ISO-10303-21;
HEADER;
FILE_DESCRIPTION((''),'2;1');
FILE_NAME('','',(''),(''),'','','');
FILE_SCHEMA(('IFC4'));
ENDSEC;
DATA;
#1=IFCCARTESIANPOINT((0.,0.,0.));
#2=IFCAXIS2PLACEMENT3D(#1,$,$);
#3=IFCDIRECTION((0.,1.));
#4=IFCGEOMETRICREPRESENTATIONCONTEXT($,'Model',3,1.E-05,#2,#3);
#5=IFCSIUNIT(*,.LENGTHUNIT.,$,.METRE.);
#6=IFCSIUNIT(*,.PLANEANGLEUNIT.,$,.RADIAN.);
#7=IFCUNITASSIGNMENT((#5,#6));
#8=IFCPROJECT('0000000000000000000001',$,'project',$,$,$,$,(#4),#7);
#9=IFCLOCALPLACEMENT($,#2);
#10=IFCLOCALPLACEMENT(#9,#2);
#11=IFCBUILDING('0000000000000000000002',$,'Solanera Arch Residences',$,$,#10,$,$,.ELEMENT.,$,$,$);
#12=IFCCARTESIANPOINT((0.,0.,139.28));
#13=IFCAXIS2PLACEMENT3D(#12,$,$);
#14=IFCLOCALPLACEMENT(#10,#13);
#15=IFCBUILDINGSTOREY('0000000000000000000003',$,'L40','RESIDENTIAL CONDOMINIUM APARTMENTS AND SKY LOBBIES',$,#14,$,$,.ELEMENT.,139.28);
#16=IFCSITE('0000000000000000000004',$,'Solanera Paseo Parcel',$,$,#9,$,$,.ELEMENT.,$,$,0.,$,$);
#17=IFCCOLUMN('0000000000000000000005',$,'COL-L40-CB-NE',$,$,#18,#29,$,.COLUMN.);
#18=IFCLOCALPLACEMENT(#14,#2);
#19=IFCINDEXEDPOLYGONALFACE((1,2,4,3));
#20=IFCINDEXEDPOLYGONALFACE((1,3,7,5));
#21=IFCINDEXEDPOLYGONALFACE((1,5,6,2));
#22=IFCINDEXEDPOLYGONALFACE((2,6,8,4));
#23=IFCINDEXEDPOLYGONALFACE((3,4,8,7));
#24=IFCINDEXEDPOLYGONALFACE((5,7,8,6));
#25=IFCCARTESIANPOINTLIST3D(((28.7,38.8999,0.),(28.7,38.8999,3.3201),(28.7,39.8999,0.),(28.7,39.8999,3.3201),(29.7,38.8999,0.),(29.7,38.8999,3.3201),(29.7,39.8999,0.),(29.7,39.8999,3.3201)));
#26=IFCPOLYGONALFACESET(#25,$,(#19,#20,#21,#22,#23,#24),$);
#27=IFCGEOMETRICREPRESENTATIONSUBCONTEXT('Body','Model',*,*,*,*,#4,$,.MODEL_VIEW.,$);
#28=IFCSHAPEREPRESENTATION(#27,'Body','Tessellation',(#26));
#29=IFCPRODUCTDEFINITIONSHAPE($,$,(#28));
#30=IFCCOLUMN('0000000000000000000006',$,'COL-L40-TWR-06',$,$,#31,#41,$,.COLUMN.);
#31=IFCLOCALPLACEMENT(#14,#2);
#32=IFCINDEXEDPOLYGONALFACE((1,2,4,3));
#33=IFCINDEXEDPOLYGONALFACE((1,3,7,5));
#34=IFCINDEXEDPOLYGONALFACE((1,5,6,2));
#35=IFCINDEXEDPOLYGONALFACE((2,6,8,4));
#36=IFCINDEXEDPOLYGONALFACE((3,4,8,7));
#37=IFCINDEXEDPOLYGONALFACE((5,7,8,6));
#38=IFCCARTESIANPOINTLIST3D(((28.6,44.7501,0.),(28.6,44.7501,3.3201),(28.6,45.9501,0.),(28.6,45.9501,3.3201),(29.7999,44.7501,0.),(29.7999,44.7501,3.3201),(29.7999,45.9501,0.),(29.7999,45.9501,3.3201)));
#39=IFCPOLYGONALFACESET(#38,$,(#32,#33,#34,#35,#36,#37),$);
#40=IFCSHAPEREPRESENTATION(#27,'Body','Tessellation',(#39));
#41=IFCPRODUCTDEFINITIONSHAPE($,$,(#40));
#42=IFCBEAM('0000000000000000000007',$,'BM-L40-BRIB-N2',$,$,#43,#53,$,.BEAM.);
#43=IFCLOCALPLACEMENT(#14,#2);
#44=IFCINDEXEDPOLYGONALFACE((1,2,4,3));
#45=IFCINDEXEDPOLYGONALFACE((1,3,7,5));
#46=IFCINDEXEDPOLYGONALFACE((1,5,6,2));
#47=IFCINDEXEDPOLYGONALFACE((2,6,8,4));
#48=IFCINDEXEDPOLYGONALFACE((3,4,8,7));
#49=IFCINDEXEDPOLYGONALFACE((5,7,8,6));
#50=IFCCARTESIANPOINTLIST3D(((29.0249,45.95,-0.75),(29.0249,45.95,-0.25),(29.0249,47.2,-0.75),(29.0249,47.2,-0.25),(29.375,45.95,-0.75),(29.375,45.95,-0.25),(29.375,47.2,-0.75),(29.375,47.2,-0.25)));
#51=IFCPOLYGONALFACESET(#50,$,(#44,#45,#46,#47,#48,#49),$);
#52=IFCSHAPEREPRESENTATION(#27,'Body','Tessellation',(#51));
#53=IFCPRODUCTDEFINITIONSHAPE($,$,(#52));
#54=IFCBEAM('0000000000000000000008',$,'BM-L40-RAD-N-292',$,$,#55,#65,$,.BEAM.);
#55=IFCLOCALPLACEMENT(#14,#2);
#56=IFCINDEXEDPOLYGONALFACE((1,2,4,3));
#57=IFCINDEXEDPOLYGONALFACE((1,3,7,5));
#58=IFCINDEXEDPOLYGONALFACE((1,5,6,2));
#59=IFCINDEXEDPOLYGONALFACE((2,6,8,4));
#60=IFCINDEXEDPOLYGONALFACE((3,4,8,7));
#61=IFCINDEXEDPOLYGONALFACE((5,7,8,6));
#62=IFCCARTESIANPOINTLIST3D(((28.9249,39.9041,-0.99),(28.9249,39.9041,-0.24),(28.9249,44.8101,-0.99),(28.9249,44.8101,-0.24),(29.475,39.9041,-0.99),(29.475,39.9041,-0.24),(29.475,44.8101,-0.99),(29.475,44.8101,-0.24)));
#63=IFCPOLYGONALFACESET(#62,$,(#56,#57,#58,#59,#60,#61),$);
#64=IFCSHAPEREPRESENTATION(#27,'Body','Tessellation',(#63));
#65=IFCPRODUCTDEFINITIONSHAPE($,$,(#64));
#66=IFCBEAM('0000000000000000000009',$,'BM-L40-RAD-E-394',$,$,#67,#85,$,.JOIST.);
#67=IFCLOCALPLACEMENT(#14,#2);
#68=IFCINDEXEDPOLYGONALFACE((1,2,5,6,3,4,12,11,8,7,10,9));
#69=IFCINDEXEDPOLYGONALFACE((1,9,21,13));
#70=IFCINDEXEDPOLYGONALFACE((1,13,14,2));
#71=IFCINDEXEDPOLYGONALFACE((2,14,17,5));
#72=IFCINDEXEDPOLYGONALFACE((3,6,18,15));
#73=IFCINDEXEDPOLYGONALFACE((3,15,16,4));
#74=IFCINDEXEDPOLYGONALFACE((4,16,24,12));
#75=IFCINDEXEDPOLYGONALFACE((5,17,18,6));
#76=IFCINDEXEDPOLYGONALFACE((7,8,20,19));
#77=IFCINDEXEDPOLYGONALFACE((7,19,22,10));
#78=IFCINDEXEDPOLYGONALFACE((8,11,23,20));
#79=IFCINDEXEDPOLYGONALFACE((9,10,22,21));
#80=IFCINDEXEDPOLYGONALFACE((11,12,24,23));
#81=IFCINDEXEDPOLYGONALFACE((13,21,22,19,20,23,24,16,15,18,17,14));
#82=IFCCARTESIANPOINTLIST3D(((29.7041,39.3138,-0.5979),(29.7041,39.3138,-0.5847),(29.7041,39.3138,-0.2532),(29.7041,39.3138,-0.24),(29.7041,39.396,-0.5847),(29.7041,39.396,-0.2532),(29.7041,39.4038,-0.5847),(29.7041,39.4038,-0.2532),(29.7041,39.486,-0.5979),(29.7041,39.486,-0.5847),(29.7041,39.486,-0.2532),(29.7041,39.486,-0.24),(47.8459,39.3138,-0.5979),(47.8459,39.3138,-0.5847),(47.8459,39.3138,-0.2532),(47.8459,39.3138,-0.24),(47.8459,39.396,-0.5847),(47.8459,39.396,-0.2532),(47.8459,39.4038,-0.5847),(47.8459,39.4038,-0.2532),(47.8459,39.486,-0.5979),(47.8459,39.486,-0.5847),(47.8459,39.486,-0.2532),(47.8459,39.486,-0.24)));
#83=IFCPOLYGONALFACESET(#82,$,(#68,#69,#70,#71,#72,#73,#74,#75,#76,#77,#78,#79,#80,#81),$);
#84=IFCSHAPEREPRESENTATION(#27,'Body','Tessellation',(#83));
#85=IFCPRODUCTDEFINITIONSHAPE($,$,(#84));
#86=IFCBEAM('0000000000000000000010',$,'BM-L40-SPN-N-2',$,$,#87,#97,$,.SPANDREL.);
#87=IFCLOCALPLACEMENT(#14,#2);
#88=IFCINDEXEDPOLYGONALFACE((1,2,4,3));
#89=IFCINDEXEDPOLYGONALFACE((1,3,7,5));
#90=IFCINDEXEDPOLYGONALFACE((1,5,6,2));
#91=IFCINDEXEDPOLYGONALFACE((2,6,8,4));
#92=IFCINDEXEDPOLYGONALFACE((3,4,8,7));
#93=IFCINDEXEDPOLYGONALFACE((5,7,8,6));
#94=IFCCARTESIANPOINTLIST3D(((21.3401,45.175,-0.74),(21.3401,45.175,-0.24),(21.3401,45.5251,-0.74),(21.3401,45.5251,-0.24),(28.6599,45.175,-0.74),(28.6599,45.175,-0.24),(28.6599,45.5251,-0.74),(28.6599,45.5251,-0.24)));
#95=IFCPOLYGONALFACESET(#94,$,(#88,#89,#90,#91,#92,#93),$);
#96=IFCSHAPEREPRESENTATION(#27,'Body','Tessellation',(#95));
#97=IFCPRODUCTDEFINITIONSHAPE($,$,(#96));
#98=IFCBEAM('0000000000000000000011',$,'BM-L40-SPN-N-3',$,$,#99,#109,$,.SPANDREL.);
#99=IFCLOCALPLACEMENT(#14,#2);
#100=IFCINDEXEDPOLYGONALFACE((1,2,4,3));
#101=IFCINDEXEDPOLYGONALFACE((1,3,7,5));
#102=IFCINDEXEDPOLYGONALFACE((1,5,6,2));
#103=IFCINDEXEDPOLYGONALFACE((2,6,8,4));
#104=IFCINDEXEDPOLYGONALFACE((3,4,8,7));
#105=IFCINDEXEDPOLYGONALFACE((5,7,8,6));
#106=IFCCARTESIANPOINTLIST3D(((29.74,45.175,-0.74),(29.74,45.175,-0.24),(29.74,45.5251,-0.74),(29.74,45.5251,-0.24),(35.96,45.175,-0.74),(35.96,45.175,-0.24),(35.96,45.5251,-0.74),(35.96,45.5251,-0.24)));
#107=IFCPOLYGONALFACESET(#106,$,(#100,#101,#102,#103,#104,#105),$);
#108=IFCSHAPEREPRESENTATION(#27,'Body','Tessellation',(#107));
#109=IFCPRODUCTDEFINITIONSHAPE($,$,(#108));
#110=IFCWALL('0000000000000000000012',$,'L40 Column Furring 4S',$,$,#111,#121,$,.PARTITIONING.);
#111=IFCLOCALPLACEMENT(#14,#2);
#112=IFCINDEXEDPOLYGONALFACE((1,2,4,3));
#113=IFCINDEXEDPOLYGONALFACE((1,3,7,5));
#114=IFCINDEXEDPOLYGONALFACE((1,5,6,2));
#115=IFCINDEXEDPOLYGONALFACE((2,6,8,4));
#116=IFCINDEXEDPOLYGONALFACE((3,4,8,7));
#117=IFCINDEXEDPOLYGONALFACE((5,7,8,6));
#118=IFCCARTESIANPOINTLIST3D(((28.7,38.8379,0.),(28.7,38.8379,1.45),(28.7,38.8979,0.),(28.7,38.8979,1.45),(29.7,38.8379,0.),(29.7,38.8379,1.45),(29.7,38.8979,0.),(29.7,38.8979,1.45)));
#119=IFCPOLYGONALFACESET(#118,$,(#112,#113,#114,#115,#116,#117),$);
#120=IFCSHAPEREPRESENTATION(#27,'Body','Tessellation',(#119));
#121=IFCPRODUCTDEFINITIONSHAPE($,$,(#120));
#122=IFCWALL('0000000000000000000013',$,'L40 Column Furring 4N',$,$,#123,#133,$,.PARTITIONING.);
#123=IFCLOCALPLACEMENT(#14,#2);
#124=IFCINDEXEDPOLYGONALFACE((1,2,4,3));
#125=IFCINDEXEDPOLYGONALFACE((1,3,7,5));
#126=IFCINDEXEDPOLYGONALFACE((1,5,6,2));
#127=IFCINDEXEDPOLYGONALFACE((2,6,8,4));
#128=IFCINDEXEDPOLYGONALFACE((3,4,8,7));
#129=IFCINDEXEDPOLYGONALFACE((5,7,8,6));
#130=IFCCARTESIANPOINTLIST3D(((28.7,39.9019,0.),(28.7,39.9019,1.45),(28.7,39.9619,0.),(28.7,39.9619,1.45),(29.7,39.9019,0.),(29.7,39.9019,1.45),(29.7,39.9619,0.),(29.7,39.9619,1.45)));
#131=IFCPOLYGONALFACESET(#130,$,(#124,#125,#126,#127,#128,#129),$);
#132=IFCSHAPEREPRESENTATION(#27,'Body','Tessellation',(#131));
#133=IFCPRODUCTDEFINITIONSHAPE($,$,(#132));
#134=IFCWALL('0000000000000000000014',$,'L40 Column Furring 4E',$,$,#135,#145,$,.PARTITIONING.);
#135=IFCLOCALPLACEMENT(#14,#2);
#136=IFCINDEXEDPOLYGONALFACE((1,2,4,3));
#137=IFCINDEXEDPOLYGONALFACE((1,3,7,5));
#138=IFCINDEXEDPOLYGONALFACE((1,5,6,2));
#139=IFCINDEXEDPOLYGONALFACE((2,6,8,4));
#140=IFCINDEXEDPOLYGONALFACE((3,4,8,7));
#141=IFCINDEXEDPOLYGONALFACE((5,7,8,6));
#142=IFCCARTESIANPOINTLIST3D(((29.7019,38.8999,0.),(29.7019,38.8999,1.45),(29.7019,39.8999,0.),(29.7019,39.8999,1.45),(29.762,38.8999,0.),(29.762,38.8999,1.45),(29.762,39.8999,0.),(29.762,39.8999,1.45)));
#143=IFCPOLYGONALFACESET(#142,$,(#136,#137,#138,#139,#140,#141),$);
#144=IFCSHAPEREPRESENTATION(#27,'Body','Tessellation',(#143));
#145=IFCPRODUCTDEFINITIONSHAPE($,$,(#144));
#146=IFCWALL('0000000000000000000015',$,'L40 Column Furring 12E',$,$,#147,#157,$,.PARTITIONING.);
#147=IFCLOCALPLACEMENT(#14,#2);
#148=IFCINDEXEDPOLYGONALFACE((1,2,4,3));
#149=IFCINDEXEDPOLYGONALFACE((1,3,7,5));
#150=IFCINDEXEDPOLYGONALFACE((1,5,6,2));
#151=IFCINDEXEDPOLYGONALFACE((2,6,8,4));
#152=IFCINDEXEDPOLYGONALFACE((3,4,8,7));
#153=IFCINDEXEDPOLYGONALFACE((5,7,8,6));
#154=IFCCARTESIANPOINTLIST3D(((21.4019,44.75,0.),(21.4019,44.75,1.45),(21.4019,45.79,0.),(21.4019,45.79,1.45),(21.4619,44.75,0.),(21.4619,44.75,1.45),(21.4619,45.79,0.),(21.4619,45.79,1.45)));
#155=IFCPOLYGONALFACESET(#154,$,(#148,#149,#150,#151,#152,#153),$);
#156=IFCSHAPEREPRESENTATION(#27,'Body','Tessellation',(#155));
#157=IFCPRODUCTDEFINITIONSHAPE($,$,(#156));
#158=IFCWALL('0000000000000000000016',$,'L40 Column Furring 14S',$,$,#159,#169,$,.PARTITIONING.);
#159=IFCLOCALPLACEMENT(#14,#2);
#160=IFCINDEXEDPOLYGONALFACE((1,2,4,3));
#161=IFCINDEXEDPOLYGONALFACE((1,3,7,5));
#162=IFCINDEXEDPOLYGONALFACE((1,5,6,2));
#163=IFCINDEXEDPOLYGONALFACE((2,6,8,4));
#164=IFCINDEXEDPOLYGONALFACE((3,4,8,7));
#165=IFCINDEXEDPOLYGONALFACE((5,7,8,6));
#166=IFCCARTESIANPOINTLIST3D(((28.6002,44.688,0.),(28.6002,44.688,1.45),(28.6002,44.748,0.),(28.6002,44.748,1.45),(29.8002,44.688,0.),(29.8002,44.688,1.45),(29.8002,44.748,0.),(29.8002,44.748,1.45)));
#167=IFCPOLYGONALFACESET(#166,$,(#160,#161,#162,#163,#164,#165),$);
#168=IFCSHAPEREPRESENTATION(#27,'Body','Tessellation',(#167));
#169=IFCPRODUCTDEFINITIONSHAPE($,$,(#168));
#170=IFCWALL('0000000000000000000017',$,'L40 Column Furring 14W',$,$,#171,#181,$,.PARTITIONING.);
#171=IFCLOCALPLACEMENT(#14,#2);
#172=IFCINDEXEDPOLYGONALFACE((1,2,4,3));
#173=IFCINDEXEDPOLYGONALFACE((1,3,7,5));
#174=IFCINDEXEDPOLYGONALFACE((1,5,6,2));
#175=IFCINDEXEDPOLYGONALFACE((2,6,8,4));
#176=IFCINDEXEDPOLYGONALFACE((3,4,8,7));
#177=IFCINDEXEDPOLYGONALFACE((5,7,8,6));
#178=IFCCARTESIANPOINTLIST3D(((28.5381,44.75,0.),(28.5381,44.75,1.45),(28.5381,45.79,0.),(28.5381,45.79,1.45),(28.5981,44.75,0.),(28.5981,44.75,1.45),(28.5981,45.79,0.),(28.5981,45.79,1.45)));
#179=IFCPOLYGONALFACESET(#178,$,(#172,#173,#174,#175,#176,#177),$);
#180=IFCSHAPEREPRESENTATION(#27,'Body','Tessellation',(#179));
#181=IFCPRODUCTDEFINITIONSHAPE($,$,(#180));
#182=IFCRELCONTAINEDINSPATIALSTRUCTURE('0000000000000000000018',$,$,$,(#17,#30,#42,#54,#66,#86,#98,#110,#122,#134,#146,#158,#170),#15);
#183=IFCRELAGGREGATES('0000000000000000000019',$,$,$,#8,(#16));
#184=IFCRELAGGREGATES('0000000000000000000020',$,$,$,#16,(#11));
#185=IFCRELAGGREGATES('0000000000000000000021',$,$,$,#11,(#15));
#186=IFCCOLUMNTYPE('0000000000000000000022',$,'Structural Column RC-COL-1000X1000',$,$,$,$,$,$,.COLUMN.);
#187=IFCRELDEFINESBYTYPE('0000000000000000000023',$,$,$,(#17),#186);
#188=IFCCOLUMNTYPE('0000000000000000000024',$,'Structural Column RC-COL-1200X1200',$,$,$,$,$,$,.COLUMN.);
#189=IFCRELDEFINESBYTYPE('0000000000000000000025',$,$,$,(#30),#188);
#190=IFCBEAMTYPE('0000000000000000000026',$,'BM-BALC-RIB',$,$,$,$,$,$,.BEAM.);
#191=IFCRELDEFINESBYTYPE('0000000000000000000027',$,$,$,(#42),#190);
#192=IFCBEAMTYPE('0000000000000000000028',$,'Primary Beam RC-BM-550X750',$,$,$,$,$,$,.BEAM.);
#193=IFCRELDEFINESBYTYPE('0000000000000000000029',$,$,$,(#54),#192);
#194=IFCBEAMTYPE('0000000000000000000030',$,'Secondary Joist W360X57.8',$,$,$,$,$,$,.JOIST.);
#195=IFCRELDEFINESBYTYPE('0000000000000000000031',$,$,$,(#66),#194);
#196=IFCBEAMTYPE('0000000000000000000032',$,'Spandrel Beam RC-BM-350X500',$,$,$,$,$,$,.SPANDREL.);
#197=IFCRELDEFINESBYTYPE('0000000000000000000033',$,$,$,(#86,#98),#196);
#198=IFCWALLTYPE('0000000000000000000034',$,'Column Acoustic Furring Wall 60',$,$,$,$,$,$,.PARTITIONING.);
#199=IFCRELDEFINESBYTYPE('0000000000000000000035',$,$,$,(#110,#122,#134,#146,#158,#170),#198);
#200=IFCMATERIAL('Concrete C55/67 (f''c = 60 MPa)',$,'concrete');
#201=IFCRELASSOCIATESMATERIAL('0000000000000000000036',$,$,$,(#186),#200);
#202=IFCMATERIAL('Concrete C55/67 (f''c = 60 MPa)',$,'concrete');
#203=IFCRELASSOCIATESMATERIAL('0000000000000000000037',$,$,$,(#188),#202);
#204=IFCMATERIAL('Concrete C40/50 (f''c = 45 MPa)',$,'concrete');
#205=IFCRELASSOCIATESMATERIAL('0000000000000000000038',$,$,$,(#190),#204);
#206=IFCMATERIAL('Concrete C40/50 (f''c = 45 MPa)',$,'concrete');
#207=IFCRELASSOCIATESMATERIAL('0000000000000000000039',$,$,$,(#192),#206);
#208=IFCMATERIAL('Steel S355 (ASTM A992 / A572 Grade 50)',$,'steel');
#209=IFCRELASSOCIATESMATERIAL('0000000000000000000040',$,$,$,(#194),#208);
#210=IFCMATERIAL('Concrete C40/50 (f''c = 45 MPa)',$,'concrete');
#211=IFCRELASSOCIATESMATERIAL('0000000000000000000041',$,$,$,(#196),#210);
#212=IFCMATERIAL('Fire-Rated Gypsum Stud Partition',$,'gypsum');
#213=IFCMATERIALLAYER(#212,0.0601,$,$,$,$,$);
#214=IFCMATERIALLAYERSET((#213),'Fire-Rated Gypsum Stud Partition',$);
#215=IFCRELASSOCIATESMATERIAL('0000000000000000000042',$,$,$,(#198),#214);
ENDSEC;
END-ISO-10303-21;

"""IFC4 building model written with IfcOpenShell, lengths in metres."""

from ifc_helpers import new_model, si_unit, direction, frame, frame_2d, origin, origin_2d, place, context, subcontext, project, spatial, rectangle, i_section, extrude, material, layer, layer_set, material_profile, profile_set, type_object, element, save


model = new_model("IFC4")

# Units and contexts
model_context = context("Model", 3, precision=1e-05, world=origin(), true_north=direction((0.0, 1.0)))
body_context = subcontext(model_context, "Body", "Model", "MODEL_VIEW")
ifc_project = project(units=[si_unit("LENGTHUNIT", "METRE"), si_unit("PLANEANGLEUNIT", "RADIAN")], contexts=[model_context])

# Site, building, storey
site_placement = place(None, origin())
site = spatial("IfcSite", under=ifc_project, at=site_placement, Name="Solanera Paseo Parcel", CompositionType="ELEMENT", RefElevation=0.0)
building_placement = place(site_placement, origin())
building = spatial("IfcBuilding", under=site, at=building_placement, Name="Solanera Arch Residences", CompositionType="ELEMENT")
storey_placement = place(building_placement, frame((0.0, 0.0, 139.28)))
storey = spatial("IfcBuildingStorey", under=building, at=storey_placement, Name="L40", Description="RESIDENTIAL CONDOMINIUM APARTMENTS AND SKY LOBBIES", CompositionType="ELEMENT", Elevation=139.28)

# Columns
ifc_material_1 = material(Name="Concrete C55/67 (f'c = 60 MPa)", Category="concrete")
ifc_material_profile_1 = material_profile(ifc_material_1, rectangle(XDim=1.0, YDim=1.0, at=origin_2d()))
ifc_profile_set_1 = profile_set([ifc_material_profile_1], Name="Concrete C55/67 (f'c = 60 MPa)")
column_type_1 = type_object("IfcColumnType", Name="Structural Column RC-COL-1000X1000", PredefinedType="COLUMN", material=ifc_profile_set_1)
column_1_placement = place(storey_placement, frame((29.2, 39.3999, 0.0), z_axis=(0.0, 0.0, 1.0), x_axis=(1.0, 0.0, 0.0)))
element("IfcColumn", 1, at=column_1_placement, inside=storey, type_object=column_type_1, Name="COL-L40-CB-NE", PredefinedType="COLUMN", context=body_context, shape_type="SweptSolid", body=[
    extrude(rectangle(XDim=1.0, YDim=1.0, at=origin_2d()), origin(), (0.0, 0.0, 1.0), 3.3201),
])
ifc_material_2 = material(Name="Concrete C55/67 (f'c = 60 MPa)", Category="concrete")
ifc_material_profile_2 = material_profile(ifc_material_2, rectangle(XDim=1.2, YDim=1.2, at=origin_2d()))
ifc_profile_set_2 = profile_set([ifc_material_profile_2], Name="Concrete C55/67 (f'c = 60 MPa)")
column_type_2 = type_object("IfcColumnType", Name="Structural Column RC-COL-1200X1200", PredefinedType="COLUMN", material=ifc_profile_set_2)
column_2_placement = place(storey_placement, frame((29.2, 45.3501, 0.0), z_axis=(0.0, 0.0, 1.0), x_axis=(1.0, 0.0, 0.0)))
element("IfcColumn", 2, at=column_2_placement, inside=storey, type_object=column_type_2, Name="COL-L40-TWR-06", PredefinedType="COLUMN", context=body_context, shape_type="SweptSolid", body=[
    extrude(rectangle(XDim=1.2, YDim=1.2, at=origin_2d()), origin(), (0.0, 0.0, 1.0), 3.3201),
])

# Beams
ifc_material_3 = material(Name="Concrete C40/50 (f'c = 45 MPa)", Category="concrete")
ifc_material_profile_3 = material_profile(ifc_material_3, rectangle(XDim=0.3501, YDim=0.5, at=origin_2d()))
ifc_profile_set_3 = profile_set([ifc_material_profile_3], Name="Concrete C40/50 (f'c = 45 MPa)")
beam_type_1 = type_object("IfcBeamType", Name="BM-BALC-RIB", PredefinedType="BEAM", material=ifc_profile_set_3)
beam_1_placement = place(storey_placement, frame((29.2, 45.95, -0.5), z_axis=(0.0, 1.0, 0.0), x_axis=(-1.0, 0.0, 0.0)))
element("IfcBeam", 3, at=beam_1_placement, inside=storey, type_object=beam_type_1, Name="BM-L40-BRIB-N2", PredefinedType="BEAM", context=body_context, shape_type="SweptSolid", body=[
    extrude(rectangle(XDim=0.3501, YDim=0.5, at=origin_2d()), origin(), (0.0, 0.0, 1.0), 1.25),
])
ifc_material_4 = material(Name="Concrete C40/50 (f'c = 45 MPa)", Category="concrete")
ifc_material_profile_4 = material_profile(ifc_material_4, rectangle(XDim=0.55, YDim=0.75, at=origin_2d()))
ifc_profile_set_4 = profile_set([ifc_material_profile_4], Name="Concrete C40/50 (f'c = 45 MPa)")
beam_type_2 = type_object("IfcBeamType", Name="Primary Beam RC-BM-550X750", PredefinedType="BEAM", material=ifc_profile_set_4)
beam_2_placement = place(storey_placement, frame((29.2, 39.9041, -0.615), z_axis=(0.0, 1.0, 0.0), x_axis=(-1.0, 0.0, 0.0)))
element("IfcBeam", 4, at=beam_2_placement, inside=storey, type_object=beam_type_2, Name="BM-L40-RAD-N-292", PredefinedType="BEAM", context=body_context, shape_type="SweptSolid", body=[
    extrude(rectangle(XDim=0.55, YDim=0.75, at=origin_2d()), origin(), (0.0, 0.0, 1.0), 4.906),
])
ifc_material_5 = material(Name="Steel S355 (ASTM A992 / A572 Grade 50)", Category="steel")
ifc_material_profile_5 = material_profile(ifc_material_5, i_section(OverallWidth=0.1721, OverallDepth=0.3579, WebThickness=0.0078, FlangeThickness=0.0132, at=origin_2d()))
ifc_profile_set_5 = profile_set([ifc_material_profile_5], Name="Steel S355 (ASTM A992 / A572 Grade 50)")
beam_type_3 = type_object("IfcBeamType", Name="Secondary Joist W360X57.8", PredefinedType="JOIST", material=ifc_profile_set_5)
beam_3_placement = place(storey_placement, frame((29.7041, 39.3999, -0.4189), z_axis=(1.0, 0.0, 0.0), x_axis=(0.0, 1.0, 0.0)))
element("IfcBeam", 5, at=beam_3_placement, inside=storey, type_object=beam_type_3, Name="BM-L40-RAD-E-394", PredefinedType="JOIST", context=body_context, shape_type="SweptSolid", body=[
    extrude(i_section(OverallWidth=0.1721, OverallDepth=0.3579, WebThickness=0.0078, FlangeThickness=0.0132, at=origin_2d()), origin(), (0.0, 0.0, 1.0), 18.1418),
])
ifc_material_6 = material(Name="Concrete C40/50 (f'c = 45 MPa)", Category="concrete")
ifc_material_profile_6 = material_profile(ifc_material_6, rectangle(XDim=0.3501, YDim=0.5, at=origin_2d()))
ifc_profile_set_6 = profile_set([ifc_material_profile_6], Name="Concrete C40/50 (f'c = 45 MPa)")
beam_type_4 = type_object("IfcBeamType", Name="Spandrel Beam RC-BM-350X500", PredefinedType="SPANDREL", material=ifc_profile_set_6)
beam_4_placement = place(storey_placement, frame((21.3401, 45.3501, -0.49), z_axis=(1.0, 0.0, 0.0), x_axis=(0.0, 1.0, 0.0)))
element("IfcBeam", 6, at=beam_4_placement, inside=storey, type_object=beam_type_4, Name="BM-L40-SPN-N-2", PredefinedType="SPANDREL", context=body_context, shape_type="SweptSolid", body=[
    extrude(rectangle(XDim=0.3501, YDim=0.5, at=origin_2d()), origin(), (0.0, 0.0, 1.0), 7.3198),
])
beam_5_placement = place(storey_placement, frame((29.74, 45.3501, -0.49), z_axis=(1.0, 0.0, 0.0), x_axis=(0.0, 1.0, 0.0)))
element("IfcBeam", 7, at=beam_5_placement, inside=storey, type_object=beam_type_4, Name="BM-L40-SPN-N-3", PredefinedType="SPANDREL", context=body_context, shape_type="SweptSolid", body=[
    extrude(rectangle(XDim=0.3501, YDim=0.5, at=origin_2d()), origin(), (0.0, 0.0, 1.0), 6.22),
])

# Walls
ifc_material_7 = material(Name="Fire-Rated Gypsum Stud Partition", Category="gypsum")
ifc_layer_1 = layer(ifc_material_7, 0.0601)
ifc_layer_set_1 = layer_set([ifc_layer_1], Name="Fire-Rated Gypsum Stud Partition")
wall_type_1 = type_object("IfcWallType", Name="Column Acoustic Furring Wall 60", PredefinedType="PARTITIONING", material=ifc_layer_set_1)
for number, where, z_axis, x_axis, name in (
    (8, (28.7, 38.8679, 0.0), (0.0, 0.0, 1.0), (1.0, 0.0, 0.0), "L40 Column Furring 4S"),
    (9, (28.7, 39.9319, 0.0), (0.0, 0.0, 1.0), (1.0, 0.0, 0.0), "L40 Column Furring 4N"),
    (10, (29.7319, 38.8999, 0.0), (0.0, 0.0, 1.0), (0.0, 1.0, 0.0), "L40 Column Furring 4E"),
):
    element("IfcWall", number, at=place(storey_placement, frame(where, z_axis=z_axis, x_axis=x_axis)), inside=storey, type_object=wall_type_1, Name=name, PredefinedType="PARTITIONING", context=body_context, shape_type="SweptSolid", body=[
        extrude(rectangle(XDim=1.0, YDim=0.0601, at=frame_2d((0.5, 0.0))), origin(), (0.0, 0.0, 1.0), 1.45),
    ])
wall_1_placement = place(storey_placement, frame((21.4319, 44.75, 0.0), z_axis=(0.0, 0.0, 1.0), x_axis=(0.0, 1.0, 0.0)))
element("IfcWall", 11, at=wall_1_placement, inside=storey, type_object=wall_type_1, Name="L40 Column Furring 12E", PredefinedType="PARTITIONING", context=body_context, shape_type="SweptSolid", body=[
    extrude(rectangle(XDim=1.04, YDim=0.0601, at=frame_2d((0.52, 0.0))), origin(), (0.0, 0.0, 1.0), 1.45),
])
wall_2_placement = place(storey_placement, frame((28.6001, 44.718, 0.0), z_axis=(0.0, 0.0, 1.0), x_axis=(1.0, 0.0, 0.0)))
element("IfcWall", 12, at=wall_2_placement, inside=storey, type_object=wall_type_1, Name="L40 Column Furring 14S", PredefinedType="PARTITIONING", context=body_context, shape_type="SweptSolid", body=[
    extrude(rectangle(XDim=1.2, YDim=0.0601, at=frame_2d((0.6001, 0.0))), origin(), (0.0, 0.0, 1.0), 1.45),
])
for number, where, z_axis, x_axis, name in (
    (13, (28.5681, 44.75, 0.0), (0.0, 0.0, 1.0), (0.0, 1.0, 0.0), "L40 Column Furring 14W"),
):
    element("IfcWall", number, at=place(storey_placement, frame(where, z_axis=z_axis, x_axis=x_axis)), inside=storey, type_object=wall_type_1, Name=name, PredefinedType="PARTITIONING", context=body_context, shape_type="SweptSolid", body=[
        extrude(rectangle(XDim=1.04, YDim=0.0601, at=frame_2d((0.52, 0.0))), origin(), (0.0, 0.0, 1.0), 1.45),
    ])

save(model, "model.ifc")
